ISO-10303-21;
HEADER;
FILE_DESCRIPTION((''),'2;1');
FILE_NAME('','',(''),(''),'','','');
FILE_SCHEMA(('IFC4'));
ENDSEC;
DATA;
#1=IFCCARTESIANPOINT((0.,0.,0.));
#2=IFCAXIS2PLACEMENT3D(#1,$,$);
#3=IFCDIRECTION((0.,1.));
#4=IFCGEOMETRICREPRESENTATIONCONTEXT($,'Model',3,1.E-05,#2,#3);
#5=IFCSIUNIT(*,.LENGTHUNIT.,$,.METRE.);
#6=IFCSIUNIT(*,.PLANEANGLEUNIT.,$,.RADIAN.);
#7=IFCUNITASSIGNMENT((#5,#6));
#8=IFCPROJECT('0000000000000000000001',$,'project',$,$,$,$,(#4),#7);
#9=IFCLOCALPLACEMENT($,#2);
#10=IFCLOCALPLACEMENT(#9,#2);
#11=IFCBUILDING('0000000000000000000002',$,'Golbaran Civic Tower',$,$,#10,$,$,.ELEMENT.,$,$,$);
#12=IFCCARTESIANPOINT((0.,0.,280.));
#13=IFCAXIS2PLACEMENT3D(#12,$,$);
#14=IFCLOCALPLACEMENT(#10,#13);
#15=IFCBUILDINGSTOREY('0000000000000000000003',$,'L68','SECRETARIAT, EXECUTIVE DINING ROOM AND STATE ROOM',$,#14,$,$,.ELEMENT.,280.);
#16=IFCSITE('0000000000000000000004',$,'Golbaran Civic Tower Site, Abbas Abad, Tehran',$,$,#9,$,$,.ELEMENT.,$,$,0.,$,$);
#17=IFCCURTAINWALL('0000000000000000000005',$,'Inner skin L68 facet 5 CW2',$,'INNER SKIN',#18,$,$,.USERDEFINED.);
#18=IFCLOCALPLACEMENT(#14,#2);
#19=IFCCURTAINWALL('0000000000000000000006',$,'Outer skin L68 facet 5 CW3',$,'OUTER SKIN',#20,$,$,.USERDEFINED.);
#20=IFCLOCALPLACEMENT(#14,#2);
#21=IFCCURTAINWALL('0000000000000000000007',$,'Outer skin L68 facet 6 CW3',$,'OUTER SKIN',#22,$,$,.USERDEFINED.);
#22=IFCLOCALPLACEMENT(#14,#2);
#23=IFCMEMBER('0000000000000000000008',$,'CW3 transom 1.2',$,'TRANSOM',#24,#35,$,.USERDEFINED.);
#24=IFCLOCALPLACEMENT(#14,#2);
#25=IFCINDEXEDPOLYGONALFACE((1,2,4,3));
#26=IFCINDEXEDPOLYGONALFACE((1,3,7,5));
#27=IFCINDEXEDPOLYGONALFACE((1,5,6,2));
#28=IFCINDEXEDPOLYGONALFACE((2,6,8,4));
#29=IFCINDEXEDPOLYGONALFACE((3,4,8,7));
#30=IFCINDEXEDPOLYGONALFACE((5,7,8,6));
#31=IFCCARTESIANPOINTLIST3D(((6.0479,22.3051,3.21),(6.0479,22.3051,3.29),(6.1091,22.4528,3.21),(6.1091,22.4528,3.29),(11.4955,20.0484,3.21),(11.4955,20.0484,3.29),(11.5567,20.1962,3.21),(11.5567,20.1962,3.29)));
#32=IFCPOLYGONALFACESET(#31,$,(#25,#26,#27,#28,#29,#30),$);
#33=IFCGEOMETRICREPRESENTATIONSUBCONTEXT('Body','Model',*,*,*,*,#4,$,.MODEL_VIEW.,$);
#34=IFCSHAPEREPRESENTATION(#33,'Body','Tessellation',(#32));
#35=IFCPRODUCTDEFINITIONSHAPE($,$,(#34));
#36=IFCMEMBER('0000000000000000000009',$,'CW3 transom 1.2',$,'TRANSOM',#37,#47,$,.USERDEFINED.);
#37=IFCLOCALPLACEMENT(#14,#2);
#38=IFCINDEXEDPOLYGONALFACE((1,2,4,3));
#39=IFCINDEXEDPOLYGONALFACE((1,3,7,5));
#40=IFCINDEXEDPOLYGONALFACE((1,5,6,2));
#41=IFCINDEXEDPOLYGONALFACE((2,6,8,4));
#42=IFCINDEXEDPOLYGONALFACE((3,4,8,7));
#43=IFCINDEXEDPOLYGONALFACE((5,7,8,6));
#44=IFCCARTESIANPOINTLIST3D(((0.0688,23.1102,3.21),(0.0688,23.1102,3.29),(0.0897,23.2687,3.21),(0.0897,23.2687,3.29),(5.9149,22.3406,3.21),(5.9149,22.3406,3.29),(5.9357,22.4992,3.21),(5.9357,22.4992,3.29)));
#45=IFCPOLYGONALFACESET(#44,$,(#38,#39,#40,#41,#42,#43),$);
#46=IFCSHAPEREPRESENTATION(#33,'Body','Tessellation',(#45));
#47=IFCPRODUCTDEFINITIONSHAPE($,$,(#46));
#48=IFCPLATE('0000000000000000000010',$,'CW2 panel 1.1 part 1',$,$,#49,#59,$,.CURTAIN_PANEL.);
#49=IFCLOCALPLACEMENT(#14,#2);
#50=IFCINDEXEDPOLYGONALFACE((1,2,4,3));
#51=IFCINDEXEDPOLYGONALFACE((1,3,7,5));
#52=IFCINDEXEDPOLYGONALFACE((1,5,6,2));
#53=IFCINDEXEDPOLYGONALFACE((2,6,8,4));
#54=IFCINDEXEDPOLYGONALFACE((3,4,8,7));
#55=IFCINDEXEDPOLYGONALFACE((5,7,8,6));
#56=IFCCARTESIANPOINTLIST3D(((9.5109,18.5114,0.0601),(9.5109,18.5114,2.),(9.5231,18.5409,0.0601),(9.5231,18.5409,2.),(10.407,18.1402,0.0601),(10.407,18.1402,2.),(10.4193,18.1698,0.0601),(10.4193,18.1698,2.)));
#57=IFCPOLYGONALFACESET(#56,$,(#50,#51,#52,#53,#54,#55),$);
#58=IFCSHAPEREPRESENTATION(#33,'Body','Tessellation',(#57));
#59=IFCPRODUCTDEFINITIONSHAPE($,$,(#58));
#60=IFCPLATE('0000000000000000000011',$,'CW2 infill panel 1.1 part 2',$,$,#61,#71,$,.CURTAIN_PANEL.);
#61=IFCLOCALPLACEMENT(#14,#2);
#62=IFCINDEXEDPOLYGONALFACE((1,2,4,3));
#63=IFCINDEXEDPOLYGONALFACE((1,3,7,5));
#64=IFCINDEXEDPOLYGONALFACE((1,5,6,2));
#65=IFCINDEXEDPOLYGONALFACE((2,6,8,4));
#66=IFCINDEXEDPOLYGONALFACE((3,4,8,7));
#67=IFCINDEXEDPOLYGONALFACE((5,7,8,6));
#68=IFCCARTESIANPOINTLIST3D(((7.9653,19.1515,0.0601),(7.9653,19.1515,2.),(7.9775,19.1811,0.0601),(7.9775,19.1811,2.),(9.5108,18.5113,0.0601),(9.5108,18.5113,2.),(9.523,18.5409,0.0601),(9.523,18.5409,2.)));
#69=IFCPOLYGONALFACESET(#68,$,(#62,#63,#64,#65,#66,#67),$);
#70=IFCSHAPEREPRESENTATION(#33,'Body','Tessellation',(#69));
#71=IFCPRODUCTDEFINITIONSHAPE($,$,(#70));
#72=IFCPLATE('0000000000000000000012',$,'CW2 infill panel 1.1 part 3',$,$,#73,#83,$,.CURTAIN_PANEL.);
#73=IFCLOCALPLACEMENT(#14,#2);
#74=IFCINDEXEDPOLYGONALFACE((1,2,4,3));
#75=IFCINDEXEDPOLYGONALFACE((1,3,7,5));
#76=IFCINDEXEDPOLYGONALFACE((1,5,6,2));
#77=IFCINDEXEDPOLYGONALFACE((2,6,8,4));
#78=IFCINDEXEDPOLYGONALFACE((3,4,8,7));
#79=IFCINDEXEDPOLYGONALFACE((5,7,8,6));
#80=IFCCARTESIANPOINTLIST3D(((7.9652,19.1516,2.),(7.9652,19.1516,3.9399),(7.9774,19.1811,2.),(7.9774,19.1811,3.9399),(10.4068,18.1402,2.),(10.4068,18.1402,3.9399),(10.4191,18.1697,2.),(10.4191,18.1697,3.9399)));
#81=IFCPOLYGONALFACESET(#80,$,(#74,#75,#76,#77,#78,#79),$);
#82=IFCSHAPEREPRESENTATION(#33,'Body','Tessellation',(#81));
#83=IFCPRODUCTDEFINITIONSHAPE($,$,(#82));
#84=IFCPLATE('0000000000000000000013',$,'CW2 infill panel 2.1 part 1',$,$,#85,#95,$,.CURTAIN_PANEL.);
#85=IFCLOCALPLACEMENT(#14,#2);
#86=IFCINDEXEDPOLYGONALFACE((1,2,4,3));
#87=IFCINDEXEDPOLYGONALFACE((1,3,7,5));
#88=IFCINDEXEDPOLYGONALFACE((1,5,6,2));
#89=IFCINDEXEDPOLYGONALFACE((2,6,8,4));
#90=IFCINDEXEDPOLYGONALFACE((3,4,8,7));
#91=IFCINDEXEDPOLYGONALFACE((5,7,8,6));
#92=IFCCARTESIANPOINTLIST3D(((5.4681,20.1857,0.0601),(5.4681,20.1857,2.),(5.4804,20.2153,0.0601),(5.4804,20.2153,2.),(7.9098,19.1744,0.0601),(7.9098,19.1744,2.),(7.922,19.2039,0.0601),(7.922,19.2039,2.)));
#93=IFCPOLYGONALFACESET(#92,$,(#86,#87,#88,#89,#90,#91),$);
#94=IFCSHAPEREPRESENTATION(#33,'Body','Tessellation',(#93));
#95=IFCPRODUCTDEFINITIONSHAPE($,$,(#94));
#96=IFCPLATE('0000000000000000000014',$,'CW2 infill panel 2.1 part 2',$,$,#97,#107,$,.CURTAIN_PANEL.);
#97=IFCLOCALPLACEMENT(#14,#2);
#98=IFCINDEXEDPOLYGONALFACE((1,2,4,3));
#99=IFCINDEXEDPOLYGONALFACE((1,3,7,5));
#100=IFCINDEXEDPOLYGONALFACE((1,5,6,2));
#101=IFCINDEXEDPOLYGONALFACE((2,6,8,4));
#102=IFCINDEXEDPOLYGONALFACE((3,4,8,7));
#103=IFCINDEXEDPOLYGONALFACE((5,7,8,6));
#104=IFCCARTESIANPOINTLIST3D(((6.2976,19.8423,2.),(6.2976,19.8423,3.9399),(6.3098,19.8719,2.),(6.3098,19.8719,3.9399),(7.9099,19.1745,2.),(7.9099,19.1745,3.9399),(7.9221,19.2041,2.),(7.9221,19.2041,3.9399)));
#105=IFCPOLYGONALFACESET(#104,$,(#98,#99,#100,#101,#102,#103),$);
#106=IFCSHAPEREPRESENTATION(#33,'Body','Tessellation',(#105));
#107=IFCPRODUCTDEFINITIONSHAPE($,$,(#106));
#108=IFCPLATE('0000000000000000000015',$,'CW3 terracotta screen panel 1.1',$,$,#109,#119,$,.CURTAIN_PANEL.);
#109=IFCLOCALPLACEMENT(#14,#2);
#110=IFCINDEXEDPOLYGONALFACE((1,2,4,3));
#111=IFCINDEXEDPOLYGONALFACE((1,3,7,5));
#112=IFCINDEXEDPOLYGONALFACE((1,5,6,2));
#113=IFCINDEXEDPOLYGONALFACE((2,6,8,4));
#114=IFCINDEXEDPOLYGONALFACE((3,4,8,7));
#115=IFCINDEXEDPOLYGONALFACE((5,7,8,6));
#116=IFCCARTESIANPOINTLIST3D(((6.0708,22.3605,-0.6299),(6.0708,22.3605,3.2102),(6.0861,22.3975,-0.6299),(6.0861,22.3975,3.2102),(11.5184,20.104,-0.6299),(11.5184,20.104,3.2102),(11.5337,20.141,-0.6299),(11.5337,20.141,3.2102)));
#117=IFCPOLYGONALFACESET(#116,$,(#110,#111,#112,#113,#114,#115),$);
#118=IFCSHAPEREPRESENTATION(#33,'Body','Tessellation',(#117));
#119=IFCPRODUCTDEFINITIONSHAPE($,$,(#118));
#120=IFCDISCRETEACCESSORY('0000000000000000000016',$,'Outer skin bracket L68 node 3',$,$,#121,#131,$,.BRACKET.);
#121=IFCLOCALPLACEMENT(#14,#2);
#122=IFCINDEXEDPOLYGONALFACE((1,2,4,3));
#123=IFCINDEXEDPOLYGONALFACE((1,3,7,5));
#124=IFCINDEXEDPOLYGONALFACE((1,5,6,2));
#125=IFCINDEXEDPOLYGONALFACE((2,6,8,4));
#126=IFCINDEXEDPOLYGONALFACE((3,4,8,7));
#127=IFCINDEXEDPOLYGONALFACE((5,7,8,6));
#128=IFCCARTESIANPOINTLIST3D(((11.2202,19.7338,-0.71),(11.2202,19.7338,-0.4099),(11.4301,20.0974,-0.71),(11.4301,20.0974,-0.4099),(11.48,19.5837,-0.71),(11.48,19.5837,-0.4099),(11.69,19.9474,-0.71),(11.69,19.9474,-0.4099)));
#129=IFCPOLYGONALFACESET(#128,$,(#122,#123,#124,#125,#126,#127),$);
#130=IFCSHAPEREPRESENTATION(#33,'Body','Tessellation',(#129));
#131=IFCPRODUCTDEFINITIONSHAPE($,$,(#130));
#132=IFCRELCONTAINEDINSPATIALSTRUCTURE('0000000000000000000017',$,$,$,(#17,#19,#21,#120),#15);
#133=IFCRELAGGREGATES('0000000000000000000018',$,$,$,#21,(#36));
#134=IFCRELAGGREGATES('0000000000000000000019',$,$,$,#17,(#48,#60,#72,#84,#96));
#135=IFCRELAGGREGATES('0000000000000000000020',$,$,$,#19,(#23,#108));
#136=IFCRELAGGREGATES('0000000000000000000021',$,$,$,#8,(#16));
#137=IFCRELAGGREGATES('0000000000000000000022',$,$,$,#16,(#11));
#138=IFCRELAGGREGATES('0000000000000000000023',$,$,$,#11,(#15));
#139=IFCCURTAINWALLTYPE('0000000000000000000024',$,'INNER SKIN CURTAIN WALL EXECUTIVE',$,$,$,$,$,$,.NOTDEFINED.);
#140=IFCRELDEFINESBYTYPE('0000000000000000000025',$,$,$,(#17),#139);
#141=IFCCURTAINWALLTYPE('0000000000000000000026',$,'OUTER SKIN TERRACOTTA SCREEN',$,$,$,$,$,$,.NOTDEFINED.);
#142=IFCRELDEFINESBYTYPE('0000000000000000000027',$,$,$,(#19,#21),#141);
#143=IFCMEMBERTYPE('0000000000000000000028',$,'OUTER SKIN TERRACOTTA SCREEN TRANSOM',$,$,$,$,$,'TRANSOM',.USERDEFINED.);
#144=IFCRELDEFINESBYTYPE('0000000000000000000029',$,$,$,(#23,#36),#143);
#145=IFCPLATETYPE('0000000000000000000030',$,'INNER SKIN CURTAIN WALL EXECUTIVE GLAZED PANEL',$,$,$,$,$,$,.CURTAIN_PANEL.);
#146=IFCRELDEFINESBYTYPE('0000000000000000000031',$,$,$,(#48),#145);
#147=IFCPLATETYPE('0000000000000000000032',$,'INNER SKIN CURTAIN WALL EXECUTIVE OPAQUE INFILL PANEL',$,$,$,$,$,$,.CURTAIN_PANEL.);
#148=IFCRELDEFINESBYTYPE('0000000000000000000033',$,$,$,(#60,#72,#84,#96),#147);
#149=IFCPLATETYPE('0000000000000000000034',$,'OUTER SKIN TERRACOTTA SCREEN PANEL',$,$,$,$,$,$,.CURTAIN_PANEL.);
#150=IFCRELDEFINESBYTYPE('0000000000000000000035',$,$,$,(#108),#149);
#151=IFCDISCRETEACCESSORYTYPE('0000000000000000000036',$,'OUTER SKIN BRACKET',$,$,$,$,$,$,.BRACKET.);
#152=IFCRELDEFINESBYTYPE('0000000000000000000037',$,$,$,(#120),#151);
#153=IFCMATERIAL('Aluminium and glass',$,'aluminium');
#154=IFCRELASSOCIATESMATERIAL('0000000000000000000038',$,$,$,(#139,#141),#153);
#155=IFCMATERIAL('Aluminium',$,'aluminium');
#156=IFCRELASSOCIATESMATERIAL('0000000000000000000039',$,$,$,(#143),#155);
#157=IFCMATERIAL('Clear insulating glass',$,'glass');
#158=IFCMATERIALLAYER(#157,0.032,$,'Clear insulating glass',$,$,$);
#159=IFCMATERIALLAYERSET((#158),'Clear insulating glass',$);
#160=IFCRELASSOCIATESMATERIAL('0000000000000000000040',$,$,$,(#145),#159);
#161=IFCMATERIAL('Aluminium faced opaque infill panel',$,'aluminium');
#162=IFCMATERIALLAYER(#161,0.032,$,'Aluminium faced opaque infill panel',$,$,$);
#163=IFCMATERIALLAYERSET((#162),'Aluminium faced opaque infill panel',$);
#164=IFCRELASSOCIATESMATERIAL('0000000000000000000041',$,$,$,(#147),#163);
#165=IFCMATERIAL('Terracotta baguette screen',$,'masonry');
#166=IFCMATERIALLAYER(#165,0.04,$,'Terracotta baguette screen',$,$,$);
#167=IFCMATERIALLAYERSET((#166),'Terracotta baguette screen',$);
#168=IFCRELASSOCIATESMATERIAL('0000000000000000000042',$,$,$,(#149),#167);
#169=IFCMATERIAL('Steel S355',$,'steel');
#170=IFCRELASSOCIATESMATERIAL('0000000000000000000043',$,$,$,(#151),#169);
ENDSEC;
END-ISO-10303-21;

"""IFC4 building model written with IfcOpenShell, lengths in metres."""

from ifc_helpers import new_model, si_unit, direction, frame, origin, origin_2d, place, context, subcontext, project, spatial, rectangle, extrude, material, layer, layer_set, material_profile, profile_set, type_object, element, aggregate, save


model = new_model("IFC4")

# Units and contexts
model_context = context("Model", 3, precision=1e-05, world=origin(), true_north=direction((0.0, 1.0)))
body_context = subcontext(model_context, "Body", "Model", "MODEL_VIEW")
ifc_project = project(units=[si_unit("LENGTHUNIT", "METRE"), si_unit("PLANEANGLEUNIT", "RADIAN")], contexts=[model_context])

# Site, building, storey
site_placement = place(None, origin())
site = spatial("IfcSite", under=ifc_project, at=site_placement, Name="Golbaran Civic Tower Site, Abbas Abad, Tehran", CompositionType="ELEMENT", RefElevation=0.0)
building_placement = place(site_placement, origin())
building = spatial("IfcBuilding", under=site, at=building_placement, Name="Golbaran Civic Tower", CompositionType="ELEMENT")
storey_placement = place(building_placement, frame((0.0, 0.0, 280.0)))
storey = spatial("IfcBuildingStorey", under=building, at=storey_placement, Name="L68", Description="SECRETARIAT, EXECUTIVE DINING ROOM AND STATE ROOM", CompositionType="ELEMENT", Elevation=280.0)

# Shared definitions
ifc_material_1 = material(Name="Steel S355", Category="steel")

# Curtain wall
ifc_material_2 = material(Name="Aluminium and glass", Category="aluminium")
curtain_wall_type_1 = type_object("IfcCurtainWallType", Name="INNER SKIN CURTAIN WALL EXECUTIVE", PredefinedType="NOTDEFINED", material=ifc_material_2)
curtain_wall_1_placement = place(storey_placement, origin())
curtain_wall_1 = element("IfcCurtainWall", 1, at=curtain_wall_1_placement, inside=storey, type_object=curtain_wall_type_1, Name="Inner skin L68 facet 5 CW2", ObjectType="INNER SKIN", PredefinedType="USERDEFINED")
ifc_material_3 = material(Name="Aluminium", Category="aluminium")

# Shared definitions
curtain_wall_type_2 = type_object("IfcCurtainWallType", Name="OUTER SKIN TERRACOTTA SCREEN", PredefinedType="NOTDEFINED", material=ifc_material_2)

# Curtain wall
curtain_wall_2_placement = place(storey_placement, origin())
curtain_wall_2 = element("IfcCurtainWall", 2, at=curtain_wall_2_placement, inside=storey, type_object=curtain_wall_type_2, Name="Outer skin L68 facet 5 CW3", ObjectType="OUTER SKIN", PredefinedType="USERDEFINED")

# Curtain wall
curtain_wall_3_placement = place(storey_placement, origin())
curtain_wall_3 = element("IfcCurtainWall", 3, at=curtain_wall_3_placement, inside=storey, type_object=curtain_wall_type_2, Name="Outer skin L68 facet 6 CW3", ObjectType="OUTER SKIN", PredefinedType="USERDEFINED")

# Members
ifc_material_profile_1 = material_profile(ifc_material_3, rectangle(XDim=0.1599, YDim=0.0801, at=origin_2d()), Name="OUTER SKIN TERRACOTTA SCREEN TRANSOM")
ifc_profile_set_1 = profile_set([ifc_material_profile_1], Name="Aluminium")
member_type_1 = type_object("IfcMemberType", Name="OUTER SKIN TERRACOTTA SCREEN TRANSOM", ElementType="TRANSOM", PredefinedType="USERDEFINED", material=ifc_profile_set_1)
member_1_placement = place(storey_placement, frame((11.5261, 20.1223, 3.25), z_axis=(-0.92387, 0.382707, 0.0), x_axis=(-0.382707, -0.92387, 0.0)))
member_1 = element("IfcMember", 4, at=member_1_placement, type_object=member_type_1, Name="CW3 transom 1.2", ObjectType="TRANSOM", PredefinedType="USERDEFINED", context=body_context, shape_type="SweptSolid", body=[
    extrude(rectangle(XDim=0.1599, YDim=0.0801, at=origin_2d()), origin(), (0.0, 0.0, 1.0), 5.8965),
])
member_2_placement = place(storey_placement, frame((5.9253, 22.4199, 3.25), z_axis=(-0.991447, 0.130509, 0.0), x_axis=(-0.130509, -0.991447, 0.0)))
member_2 = element("IfcMember", 5, at=member_2_placement, type_object=member_type_1, Name="CW3 transom 1.2", ObjectType="TRANSOM", PredefinedType="USERDEFINED", context=body_context, shape_type="SweptSolid", body=[
    extrude(rectangle(XDim=0.1599, YDim=0.0801, at=origin_2d()), origin(), (0.0, 0.0, 1.0), 5.8965),
])
aggregate(curtain_wall_3, [member_2])

# Plates
ifc_material_4 = material(Name="Clear insulating glass", Category="glass")
ifc_layer_1 = layer(ifc_material_4, 0.032, Name="Clear insulating glass")
ifc_layer_set_1 = layer_set([ifc_layer_1], Name="Clear insulating glass")
plate_type_1 = type_object("IfcPlateType", Name="INNER SKIN CURTAIN WALL EXECUTIVE GLAZED PANEL", PredefinedType="CURTAIN_PANEL", material=ifc_layer_set_1)
plate_1_placement = place(storey_placement, frame((9.9651, 18.3406, 0.0601), z_axis=(0.0, 0.0, 1.0), x_axis=(-0.92388, 0.382683, 0.0)))
plate_1 = element("IfcPlate", 6, at=plate_1_placement, type_object=plate_type_1, Name="CW2 panel 1.1 part 1", PredefinedType="CURTAIN_PANEL", context=body_context, shape_type="SweptSolid", body=[
    extrude(rectangle(XDim=0.97, YDim=0.032, at=origin_2d()), origin(), (0.0, 0.0, 1.0), 1.9399),
])
ifc_material_5 = material(Name="Aluminium faced opaque infill panel", Category="aluminium")
ifc_layer_2 = layer(ifc_material_5, 0.032, Name="Aluminium faced opaque infill panel")
ifc_layer_set_2 = layer_set([ifc_layer_2], Name="Aluminium faced opaque infill panel")
plate_type_2 = type_object("IfcPlateType", Name="INNER SKIN CURTAIN WALL EXECUTIVE OPAQUE INFILL PANEL", PredefinedType="CURTAIN_PANEL", material=ifc_layer_set_2)
plate_2_placement = place(storey_placement, frame((8.7441, 18.8462, 0.0601), z_axis=(0.0, 0.0, 1.0), x_axis=(-0.92388, 0.382683, 0.0)))
plate_2 = element("IfcPlate", 7, at=plate_2_placement, type_object=plate_type_2, Name="CW2 infill panel 1.1 part 2", PredefinedType="CURTAIN_PANEL", context=body_context, shape_type="SweptSolid", body=[
    extrude(rectangle(XDim=1.6729, YDim=0.032, at=origin_2d()), origin(), (0.0, 0.0, 1.0), 1.9399),
])
plate_3_placement = place(storey_placement, frame((9.1921, 18.6606, 2.0), z_axis=(0.0, 0.0, 1.0), x_axis=(-0.92388, 0.382683, 0.0)))
plate_3 = element("IfcPlate", 8, at=plate_3_placement, type_object=plate_type_2, Name="CW2 infill panel 1.1 part 3", PredefinedType="CURTAIN_PANEL", context=body_context, shape_type="SweptSolid", body=[
    extrude(rectangle(XDim=2.6428, YDim=0.032, at=origin_2d()), origin(), (0.0, 0.0, 1.0), 1.9399),
])
plate_4_placement = place(storey_placement, frame((6.6951, 19.6948, 0.0601), z_axis=(0.0, 0.0, 1.0), x_axis=(-0.92388, 0.382683, 0.0)))
plate_4 = element("IfcPlate", 9, at=plate_4_placement, type_object=plate_type_2, Name="CW2 infill panel 2.1 part 1", PredefinedType="CURTAIN_PANEL", context=body_context, shape_type="SweptSolid", body=[
    extrude(rectangle(XDim=2.6428, YDim=0.032, at=origin_2d()), origin(), (0.0, 0.0, 1.0), 1.9399),
])
plate_5_placement = place(storey_placement, frame((7.1099, 19.5232, 2.0), z_axis=(0.0, 0.0, 1.0), x_axis=(-0.92388, 0.382683, 0.0)))
plate_5 = element("IfcPlate", 10, at=plate_5_placement, type_object=plate_type_2, Name="CW2 infill panel 2.1 part 2", PredefinedType="CURTAIN_PANEL", context=body_context, shape_type="SweptSolid", body=[
    extrude(rectangle(XDim=1.7451, YDim=0.032, at=origin_2d()), origin(), (0.0, 0.0, 1.0), 1.9399),
])
aggregate(curtain_wall_1, [plate_1, plate_2, plate_3, plate_4, plate_5])
ifc_material_6 = material(Name="Terracotta baguette screen", Category="masonry")
ifc_layer_3 = layer(ifc_material_6, 0.04, Name="Terracotta baguette screen")
ifc_layer_set_3 = layer_set([ifc_layer_3], Name="Terracotta baguette screen")
plate_type_3 = type_object("IfcPlateType", Name="OUTER SKIN TERRACOTTA SCREEN PANEL", PredefinedType="CURTAIN_PANEL", material=ifc_layer_set_3)
plate_6_placement = place(storey_placement, frame((8.8022, 21.2507, -0.6299), z_axis=(0.0, 0.0, 1.0), x_axis=(-0.92388, 0.382683, 0.0)))
plate_6 = element("IfcPlate", 11, at=plate_6_placement, type_object=plate_type_3, Name="CW3 terracotta screen panel 1.1", PredefinedType="CURTAIN_PANEL", context=body_context, shape_type="SweptSolid", body=[
    extrude(rectangle(XDim=5.8965, YDim=0.04, at=origin_2d()), origin(), (0.0, 0.0, 1.0), 3.8401),
])
aggregate(curtain_wall_2, [member_1, plate_6])

# Discrete accessory
discrete_accessory_type = type_object("IfcDiscreteAccessoryType", Name="OUTER SKIN BRACKET", PredefinedType="BRACKET", material=ifc_material_1)
discrete_accessory_placement = place(storey_placement, frame((11.4551, 19.8406, -0.71), z_axis=(0.0, 0.0, 1.0), x_axis=(0.5, 0.866025, 0.0)))
element("IfcDiscreteAccessory", 12, at=discrete_accessory_placement, inside=storey, type_object=discrete_accessory_type, Name="Outer skin bracket L68 node 3", PredefinedType="BRACKET", context=body_context, shape_type="SweptSolid", body=[
    extrude(rectangle(XDim=0.4199, YDim=0.3, at=origin_2d()), origin(), (0.0, 0.0, 1.0), 0.3),
])

save(model, "model.ifc")
